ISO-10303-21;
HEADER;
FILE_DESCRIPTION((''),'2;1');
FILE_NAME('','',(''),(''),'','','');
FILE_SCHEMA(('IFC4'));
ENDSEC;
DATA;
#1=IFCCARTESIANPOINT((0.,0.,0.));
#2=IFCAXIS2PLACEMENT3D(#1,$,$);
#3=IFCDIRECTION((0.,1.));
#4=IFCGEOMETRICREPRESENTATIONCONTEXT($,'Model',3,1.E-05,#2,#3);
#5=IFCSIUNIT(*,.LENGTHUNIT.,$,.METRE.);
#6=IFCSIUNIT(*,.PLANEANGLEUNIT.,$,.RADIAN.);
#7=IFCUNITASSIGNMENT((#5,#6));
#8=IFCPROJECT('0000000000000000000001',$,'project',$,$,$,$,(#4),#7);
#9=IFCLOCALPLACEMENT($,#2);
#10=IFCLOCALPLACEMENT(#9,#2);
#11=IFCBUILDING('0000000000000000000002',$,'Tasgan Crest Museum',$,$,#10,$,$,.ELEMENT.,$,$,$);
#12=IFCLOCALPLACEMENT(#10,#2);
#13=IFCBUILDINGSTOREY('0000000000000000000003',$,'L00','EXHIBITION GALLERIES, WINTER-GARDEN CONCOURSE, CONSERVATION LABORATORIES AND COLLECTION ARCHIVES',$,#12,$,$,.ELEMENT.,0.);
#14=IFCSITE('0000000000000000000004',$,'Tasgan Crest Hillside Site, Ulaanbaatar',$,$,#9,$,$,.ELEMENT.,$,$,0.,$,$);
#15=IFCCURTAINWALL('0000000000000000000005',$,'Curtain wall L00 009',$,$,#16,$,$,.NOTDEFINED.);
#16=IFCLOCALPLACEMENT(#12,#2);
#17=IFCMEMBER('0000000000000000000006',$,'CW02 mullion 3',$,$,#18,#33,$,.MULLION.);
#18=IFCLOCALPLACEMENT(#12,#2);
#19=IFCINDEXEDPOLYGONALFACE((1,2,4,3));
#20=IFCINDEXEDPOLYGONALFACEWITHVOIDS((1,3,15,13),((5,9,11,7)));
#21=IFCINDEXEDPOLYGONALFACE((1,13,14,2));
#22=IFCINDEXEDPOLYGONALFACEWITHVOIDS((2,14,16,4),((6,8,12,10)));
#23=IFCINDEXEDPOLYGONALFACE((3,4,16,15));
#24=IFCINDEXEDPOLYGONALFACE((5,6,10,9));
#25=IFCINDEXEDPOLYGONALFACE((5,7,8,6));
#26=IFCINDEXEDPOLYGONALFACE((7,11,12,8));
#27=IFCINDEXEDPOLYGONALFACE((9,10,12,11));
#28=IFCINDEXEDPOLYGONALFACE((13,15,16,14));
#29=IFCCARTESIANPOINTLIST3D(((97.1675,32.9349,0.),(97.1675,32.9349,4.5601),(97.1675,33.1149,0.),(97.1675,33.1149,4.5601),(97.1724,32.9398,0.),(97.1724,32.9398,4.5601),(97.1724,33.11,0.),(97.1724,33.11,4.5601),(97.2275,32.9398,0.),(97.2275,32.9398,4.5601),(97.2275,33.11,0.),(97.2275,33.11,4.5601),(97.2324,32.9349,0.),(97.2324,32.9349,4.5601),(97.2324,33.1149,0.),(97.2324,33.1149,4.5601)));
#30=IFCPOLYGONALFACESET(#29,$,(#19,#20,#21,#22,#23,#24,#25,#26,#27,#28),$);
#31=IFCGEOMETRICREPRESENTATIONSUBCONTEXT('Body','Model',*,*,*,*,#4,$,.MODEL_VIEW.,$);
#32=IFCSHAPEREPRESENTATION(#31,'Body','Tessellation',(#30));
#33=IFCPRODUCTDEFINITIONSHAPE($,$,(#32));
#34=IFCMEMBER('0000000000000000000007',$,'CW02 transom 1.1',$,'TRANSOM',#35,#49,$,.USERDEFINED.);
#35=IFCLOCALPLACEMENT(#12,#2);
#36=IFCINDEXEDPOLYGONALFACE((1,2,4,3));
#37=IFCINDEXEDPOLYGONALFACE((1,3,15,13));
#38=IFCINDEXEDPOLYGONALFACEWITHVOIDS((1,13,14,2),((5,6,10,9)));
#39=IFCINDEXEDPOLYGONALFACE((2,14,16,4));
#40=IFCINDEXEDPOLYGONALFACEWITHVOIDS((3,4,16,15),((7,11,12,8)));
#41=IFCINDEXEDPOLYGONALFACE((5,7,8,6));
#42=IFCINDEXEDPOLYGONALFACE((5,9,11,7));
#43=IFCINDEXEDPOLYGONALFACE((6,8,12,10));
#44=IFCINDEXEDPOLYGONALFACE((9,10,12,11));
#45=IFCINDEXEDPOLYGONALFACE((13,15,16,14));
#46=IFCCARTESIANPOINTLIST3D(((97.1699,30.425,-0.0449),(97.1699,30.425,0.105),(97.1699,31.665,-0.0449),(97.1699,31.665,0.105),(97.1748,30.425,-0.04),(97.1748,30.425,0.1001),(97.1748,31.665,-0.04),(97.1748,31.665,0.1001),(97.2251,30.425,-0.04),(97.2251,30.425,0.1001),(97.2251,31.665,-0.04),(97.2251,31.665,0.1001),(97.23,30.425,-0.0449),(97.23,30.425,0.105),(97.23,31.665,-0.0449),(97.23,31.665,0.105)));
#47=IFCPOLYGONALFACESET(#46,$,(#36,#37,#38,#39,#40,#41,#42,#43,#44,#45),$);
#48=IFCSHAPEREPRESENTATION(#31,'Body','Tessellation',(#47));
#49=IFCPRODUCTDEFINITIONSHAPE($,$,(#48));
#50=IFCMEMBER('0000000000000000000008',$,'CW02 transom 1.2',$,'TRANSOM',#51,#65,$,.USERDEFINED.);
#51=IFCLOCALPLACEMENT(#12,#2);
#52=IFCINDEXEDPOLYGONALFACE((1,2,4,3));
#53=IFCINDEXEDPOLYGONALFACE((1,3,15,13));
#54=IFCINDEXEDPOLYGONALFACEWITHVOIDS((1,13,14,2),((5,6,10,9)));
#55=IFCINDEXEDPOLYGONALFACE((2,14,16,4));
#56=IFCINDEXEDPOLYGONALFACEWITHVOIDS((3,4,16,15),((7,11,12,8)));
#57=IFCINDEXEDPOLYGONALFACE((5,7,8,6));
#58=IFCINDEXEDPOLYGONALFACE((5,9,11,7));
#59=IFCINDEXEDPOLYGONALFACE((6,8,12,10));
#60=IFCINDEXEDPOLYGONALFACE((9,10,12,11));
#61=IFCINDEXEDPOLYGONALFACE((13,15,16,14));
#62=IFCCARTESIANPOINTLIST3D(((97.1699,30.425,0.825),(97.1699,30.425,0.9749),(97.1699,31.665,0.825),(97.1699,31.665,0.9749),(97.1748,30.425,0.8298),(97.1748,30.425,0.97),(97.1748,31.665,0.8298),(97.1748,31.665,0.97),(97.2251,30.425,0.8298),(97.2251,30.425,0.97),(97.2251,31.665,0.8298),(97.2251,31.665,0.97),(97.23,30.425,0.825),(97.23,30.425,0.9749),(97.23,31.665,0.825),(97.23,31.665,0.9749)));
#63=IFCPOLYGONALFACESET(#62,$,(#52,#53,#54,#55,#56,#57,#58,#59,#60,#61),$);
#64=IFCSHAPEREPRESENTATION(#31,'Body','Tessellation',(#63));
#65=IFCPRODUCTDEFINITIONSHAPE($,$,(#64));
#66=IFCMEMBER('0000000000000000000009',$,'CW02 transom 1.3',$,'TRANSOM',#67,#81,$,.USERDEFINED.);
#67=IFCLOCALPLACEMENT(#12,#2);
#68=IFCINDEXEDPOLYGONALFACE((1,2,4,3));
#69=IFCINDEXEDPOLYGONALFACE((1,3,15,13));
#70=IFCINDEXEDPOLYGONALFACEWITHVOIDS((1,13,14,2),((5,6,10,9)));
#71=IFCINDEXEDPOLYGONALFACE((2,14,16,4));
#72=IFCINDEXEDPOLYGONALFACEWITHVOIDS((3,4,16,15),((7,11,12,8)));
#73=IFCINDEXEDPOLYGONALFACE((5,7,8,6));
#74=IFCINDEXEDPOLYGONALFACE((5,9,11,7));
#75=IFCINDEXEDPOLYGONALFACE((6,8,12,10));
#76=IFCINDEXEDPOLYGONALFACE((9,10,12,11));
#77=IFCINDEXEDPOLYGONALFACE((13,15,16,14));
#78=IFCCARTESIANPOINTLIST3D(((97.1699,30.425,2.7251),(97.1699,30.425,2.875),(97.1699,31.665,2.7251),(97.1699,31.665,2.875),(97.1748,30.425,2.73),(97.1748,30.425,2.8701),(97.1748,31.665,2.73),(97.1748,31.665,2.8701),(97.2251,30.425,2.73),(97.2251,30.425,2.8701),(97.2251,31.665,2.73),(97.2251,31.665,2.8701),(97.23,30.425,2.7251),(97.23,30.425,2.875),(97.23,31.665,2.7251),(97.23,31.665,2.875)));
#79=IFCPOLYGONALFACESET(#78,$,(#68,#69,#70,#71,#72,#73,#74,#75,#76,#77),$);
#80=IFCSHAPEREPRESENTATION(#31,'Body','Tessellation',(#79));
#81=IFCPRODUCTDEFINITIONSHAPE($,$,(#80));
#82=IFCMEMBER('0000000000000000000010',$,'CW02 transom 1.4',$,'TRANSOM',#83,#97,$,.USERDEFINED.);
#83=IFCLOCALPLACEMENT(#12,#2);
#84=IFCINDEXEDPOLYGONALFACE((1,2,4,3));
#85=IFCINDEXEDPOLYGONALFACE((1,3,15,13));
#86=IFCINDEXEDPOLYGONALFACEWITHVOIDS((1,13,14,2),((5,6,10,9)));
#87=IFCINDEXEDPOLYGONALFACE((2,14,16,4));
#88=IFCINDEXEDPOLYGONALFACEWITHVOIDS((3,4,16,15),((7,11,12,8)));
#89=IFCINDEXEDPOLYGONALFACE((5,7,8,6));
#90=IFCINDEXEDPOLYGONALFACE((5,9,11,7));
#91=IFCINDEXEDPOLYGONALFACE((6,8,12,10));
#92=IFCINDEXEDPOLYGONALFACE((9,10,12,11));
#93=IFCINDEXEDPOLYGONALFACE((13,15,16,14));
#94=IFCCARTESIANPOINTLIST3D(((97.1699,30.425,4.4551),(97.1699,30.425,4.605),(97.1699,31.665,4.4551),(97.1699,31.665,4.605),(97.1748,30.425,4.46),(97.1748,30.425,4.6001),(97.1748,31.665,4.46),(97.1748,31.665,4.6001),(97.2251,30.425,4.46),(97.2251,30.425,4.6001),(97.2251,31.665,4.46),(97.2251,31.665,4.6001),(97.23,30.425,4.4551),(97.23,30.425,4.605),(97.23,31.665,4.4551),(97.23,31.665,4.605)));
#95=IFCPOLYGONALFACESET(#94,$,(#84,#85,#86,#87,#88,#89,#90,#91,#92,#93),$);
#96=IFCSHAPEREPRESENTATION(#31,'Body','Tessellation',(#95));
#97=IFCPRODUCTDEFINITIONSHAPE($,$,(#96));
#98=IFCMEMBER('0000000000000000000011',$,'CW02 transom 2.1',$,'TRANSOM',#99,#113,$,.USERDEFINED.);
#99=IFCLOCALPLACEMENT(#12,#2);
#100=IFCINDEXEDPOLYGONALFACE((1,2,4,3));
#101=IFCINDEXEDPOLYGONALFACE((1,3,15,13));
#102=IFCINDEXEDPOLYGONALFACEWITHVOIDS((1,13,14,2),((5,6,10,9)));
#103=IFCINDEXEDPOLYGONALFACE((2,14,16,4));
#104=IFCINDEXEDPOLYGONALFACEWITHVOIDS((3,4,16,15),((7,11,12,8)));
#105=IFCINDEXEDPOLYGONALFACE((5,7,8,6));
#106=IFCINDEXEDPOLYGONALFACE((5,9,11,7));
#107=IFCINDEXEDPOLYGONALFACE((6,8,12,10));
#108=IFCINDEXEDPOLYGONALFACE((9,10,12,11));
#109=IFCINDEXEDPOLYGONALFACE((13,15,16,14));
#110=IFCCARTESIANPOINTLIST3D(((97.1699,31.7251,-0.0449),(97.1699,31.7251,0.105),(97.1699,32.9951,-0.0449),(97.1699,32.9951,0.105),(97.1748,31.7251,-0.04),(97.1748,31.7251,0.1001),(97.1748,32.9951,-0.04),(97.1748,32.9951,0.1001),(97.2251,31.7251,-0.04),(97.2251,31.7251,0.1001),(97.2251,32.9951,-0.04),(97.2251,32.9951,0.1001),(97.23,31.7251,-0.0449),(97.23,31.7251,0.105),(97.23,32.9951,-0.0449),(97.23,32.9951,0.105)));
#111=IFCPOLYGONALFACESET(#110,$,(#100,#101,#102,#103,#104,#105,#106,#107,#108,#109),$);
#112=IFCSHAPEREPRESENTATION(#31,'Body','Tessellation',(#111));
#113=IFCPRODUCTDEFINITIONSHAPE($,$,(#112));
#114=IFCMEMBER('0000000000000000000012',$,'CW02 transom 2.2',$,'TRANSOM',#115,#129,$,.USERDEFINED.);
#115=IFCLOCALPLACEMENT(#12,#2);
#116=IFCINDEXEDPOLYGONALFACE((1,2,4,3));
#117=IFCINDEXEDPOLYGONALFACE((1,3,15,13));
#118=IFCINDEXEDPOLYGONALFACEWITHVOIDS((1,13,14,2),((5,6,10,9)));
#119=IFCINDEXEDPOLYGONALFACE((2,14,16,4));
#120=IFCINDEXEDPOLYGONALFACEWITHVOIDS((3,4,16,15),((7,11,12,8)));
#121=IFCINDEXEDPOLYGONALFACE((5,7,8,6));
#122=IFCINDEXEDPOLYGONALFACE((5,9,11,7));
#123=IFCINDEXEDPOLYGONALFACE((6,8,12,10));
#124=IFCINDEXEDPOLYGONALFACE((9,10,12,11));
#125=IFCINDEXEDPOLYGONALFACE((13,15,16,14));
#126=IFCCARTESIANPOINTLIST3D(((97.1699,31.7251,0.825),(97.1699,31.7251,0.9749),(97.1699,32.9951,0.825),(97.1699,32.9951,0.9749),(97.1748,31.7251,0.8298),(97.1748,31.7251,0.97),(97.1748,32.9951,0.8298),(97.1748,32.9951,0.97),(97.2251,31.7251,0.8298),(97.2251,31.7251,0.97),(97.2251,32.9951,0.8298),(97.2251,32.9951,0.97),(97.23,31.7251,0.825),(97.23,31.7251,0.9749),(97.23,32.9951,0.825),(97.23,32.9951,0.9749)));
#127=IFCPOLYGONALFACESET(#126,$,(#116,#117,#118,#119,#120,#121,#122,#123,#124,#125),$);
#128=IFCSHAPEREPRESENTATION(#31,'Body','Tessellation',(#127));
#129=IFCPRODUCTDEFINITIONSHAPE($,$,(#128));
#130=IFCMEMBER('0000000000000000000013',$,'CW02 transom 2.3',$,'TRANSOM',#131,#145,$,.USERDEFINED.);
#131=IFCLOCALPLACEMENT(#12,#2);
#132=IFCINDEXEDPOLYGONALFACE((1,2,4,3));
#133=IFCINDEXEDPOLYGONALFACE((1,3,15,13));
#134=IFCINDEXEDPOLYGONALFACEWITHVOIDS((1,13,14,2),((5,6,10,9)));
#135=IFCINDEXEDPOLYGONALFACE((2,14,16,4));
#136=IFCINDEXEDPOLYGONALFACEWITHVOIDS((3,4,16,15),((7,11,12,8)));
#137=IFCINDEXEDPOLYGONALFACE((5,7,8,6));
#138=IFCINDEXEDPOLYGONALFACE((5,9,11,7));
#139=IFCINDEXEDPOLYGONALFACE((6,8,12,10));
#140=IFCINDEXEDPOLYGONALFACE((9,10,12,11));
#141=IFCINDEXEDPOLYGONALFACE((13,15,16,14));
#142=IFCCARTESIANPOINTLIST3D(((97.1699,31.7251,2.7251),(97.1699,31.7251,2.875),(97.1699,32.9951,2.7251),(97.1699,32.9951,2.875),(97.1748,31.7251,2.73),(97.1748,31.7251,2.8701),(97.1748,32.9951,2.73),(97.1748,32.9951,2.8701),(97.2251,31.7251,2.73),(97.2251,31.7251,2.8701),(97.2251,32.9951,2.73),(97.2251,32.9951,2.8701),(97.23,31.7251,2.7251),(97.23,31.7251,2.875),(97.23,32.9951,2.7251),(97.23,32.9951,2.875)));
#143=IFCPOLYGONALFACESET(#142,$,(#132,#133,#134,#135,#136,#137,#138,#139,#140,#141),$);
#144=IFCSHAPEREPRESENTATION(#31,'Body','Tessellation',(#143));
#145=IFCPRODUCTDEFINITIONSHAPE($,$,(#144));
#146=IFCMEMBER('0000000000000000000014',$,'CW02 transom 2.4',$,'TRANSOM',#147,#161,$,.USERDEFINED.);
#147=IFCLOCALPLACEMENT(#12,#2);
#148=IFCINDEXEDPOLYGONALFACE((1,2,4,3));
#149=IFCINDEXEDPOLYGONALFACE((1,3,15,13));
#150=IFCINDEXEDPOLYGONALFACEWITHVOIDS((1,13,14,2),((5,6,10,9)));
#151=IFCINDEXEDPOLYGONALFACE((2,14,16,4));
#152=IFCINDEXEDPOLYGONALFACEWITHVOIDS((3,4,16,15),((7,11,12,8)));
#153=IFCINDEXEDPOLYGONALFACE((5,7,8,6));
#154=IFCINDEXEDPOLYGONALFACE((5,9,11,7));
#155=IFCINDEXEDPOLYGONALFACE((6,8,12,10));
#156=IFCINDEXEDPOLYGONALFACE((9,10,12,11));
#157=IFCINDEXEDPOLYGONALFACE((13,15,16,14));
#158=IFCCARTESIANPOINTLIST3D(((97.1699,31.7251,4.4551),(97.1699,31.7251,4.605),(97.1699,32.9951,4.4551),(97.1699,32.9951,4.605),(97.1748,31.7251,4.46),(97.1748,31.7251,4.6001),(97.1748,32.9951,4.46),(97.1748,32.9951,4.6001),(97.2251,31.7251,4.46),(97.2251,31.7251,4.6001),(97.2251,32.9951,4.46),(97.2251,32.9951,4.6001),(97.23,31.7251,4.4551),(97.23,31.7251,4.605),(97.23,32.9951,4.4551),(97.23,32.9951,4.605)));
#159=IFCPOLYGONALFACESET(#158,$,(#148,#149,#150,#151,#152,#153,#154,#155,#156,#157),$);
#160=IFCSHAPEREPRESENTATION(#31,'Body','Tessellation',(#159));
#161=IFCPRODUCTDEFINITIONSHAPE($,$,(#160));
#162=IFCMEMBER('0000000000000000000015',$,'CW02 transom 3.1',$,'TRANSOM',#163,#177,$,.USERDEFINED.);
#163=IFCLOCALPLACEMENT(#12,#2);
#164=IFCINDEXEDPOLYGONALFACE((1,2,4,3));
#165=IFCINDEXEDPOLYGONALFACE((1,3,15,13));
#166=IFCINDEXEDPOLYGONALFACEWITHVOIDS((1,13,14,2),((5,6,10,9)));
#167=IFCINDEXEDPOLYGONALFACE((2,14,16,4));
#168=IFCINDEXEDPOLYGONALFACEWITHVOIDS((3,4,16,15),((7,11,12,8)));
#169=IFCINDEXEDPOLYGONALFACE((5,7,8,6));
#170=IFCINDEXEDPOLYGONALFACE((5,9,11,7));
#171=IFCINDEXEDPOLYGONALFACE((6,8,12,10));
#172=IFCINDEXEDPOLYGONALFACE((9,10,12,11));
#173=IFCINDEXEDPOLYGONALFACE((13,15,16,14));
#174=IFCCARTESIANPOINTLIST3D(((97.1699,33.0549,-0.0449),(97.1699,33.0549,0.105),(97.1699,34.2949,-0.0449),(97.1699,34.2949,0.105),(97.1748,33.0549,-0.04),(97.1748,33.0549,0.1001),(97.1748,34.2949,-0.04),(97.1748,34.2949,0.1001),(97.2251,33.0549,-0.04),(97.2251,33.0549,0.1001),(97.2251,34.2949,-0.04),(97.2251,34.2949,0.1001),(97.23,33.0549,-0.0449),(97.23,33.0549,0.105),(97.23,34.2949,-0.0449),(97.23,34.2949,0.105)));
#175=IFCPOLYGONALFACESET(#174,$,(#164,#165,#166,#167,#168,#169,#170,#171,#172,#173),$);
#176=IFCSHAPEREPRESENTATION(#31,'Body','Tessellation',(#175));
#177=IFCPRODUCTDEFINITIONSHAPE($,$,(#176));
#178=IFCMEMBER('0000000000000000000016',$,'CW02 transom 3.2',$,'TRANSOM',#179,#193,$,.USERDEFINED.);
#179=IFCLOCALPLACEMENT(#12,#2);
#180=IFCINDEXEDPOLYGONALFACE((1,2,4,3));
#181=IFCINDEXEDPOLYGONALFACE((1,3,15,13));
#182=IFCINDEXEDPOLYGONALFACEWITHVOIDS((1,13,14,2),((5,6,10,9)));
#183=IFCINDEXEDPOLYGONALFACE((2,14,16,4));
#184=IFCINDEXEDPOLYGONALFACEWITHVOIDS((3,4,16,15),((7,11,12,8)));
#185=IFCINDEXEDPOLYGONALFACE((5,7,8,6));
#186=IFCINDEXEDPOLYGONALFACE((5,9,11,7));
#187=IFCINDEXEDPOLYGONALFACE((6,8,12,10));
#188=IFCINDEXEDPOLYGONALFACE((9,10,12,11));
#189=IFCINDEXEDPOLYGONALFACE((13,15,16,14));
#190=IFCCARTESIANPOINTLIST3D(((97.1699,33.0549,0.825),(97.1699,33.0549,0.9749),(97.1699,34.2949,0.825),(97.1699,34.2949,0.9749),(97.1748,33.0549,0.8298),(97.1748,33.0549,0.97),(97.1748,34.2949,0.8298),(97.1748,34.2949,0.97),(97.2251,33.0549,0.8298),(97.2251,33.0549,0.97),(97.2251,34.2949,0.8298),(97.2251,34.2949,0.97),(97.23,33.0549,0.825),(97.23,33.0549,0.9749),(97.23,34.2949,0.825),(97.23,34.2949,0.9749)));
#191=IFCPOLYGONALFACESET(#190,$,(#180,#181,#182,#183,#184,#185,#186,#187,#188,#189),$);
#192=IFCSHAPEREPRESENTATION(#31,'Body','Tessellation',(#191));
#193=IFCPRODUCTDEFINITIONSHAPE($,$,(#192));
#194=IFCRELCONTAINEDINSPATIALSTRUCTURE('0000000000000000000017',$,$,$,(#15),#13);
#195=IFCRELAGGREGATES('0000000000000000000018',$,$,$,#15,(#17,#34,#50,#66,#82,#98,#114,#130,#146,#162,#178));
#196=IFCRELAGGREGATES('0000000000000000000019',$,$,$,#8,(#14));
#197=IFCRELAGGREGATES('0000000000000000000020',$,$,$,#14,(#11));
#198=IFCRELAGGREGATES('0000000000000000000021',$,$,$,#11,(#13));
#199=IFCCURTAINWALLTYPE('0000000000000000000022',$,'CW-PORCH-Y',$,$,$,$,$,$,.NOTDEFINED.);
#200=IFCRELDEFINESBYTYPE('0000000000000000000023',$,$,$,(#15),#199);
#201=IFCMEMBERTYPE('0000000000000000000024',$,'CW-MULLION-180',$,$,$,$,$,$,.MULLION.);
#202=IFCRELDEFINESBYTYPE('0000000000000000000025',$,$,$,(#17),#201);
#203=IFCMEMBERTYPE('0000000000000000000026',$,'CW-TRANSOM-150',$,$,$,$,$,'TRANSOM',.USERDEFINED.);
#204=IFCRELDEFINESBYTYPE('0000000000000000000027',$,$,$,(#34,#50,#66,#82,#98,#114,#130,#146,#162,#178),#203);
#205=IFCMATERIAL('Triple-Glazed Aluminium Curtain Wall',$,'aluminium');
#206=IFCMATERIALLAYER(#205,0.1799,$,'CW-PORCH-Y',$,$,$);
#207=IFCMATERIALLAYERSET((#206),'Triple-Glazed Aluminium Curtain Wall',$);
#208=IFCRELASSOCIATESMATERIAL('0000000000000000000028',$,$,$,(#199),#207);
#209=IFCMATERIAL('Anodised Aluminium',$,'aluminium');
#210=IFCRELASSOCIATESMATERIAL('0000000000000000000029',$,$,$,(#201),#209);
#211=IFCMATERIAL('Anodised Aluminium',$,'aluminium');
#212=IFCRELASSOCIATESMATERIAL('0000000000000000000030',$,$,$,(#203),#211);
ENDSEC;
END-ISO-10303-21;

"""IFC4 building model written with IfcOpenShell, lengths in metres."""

from ifc_helpers import new_model, si_unit, direction, frame, origin, origin_2d, place, context, subcontext, project, spatial, hollow_rectangle, extrude, material, layer, layer_set, material_profile, profile_set, type_object, element, aggregate, save


model = new_model("IFC4")

# Units and contexts
model_context = context("Model", 3, precision=1e-05, world=origin(), true_north=direction((0.0, 1.0)))
body_context = subcontext(model_context, "Body", "Model", "MODEL_VIEW")
ifc_project = project(units=[si_unit("LENGTHUNIT", "METRE"), si_unit("PLANEANGLEUNIT", "RADIAN")], contexts=[model_context])

# Site, building, storey
site_placement = place(None, origin())
site = spatial("IfcSite", under=ifc_project, at=site_placement, Name="Tasgan Crest Hillside Site, Ulaanbaatar", CompositionType="ELEMENT", RefElevation=0.0)
building_placement = place(site_placement, origin())
building = spatial("IfcBuilding", under=site, at=building_placement, Name="Tasgan Crest Museum", CompositionType="ELEMENT")
storey_placement = place(building_placement, origin())
storey = spatial("IfcBuildingStorey", under=building, at=storey_placement, Name="L00", Description="EXHIBITION GALLERIES, WINTER-GARDEN CONCOURSE, CONSERVATION LABORATORIES AND COLLECTION ARCHIVES", CompositionType="ELEMENT", Elevation=0.0)

# Curtain wall, members
ifc_material_1 = material(Name="Triple-Glazed Aluminium Curtain Wall", Category="aluminium")
ifc_layer_1 = layer(ifc_material_1, 0.1799, Name="CW-PORCH-Y")
ifc_layer_set_1 = layer_set([ifc_layer_1], Name="Triple-Glazed Aluminium Curtain Wall")
curtain_wall_type = type_object("IfcCurtainWallType", Name="CW-PORCH-Y", PredefinedType="NOTDEFINED", material=ifc_layer_set_1)
curtain_wall_placement = place(storey_placement, origin())
curtain_wall = element("IfcCurtainWall", 1, at=curtain_wall_placement, inside=storey, type_object=curtain_wall_type, Name="Curtain wall L00 009", PredefinedType="NOTDEFINED")
ifc_material_2 = material(Name="Anodised Aluminium", Category="aluminium")
ifc_material_profile_1 = material_profile(ifc_material_2, hollow_rectangle(XDim=0.0649, YDim=0.1799, WallThickness=0.0049, at=origin_2d()), Name="ALU MULLION 180x65x5")
ifc_profile_set_1 = profile_set([ifc_material_profile_1], Name="Anodised Aluminium")
member_type_1 = type_object("IfcMemberType", Name="CW-MULLION-180", PredefinedType="MULLION", material=ifc_profile_set_1)
member_1_placement = place(storey_placement, frame((97.2, 33.0249, 0.0), z_axis=(0.0, 0.0, 1.0), x_axis=(-1.0, 0.0, 0.0)))
member_1 = element("IfcMember", 2, at=member_1_placement, type_object=member_type_1, Name="CW02 mullion 3", PredefinedType="MULLION", context=body_context, shape_type="SweptSolid", body=[
    extrude(hollow_rectangle(XDim=0.0649, YDim=0.1799, WallThickness=0.0049, at=origin_2d()), origin(), (0.0, 0.0, 1.0), 4.5601),
])
ifc_material_3 = material(Name="Anodised Aluminium", Category="aluminium")
ifc_material_profile_2 = material_profile(ifc_material_3, hollow_rectangle(XDim=0.0601, YDim=0.1499, WallThickness=0.0049, at=origin_2d()), Name="ALU TRANSOM 150x60x5")
ifc_profile_set_2 = profile_set([ifc_material_profile_2], Name="Anodised Aluminium")
member_type_2 = type_object("IfcMemberType", Name="CW-TRANSOM-150", ElementType="TRANSOM", PredefinedType="USERDEFINED", material=ifc_profile_set_2)
member_2_placement = place(storey_placement, frame((97.2, 30.425, 0.03), z_axis=(0.0, 1.0, 0.0), x_axis=(-1.0, 0.0, 0.0)))
member_2 = element("IfcMember", 3, at=member_2_placement, type_object=member_type_2, Name="CW02 transom 1.1", ObjectType="TRANSOM", PredefinedType="USERDEFINED", context=body_context, shape_type="SweptSolid", body=[
    extrude(hollow_rectangle(XDim=0.0601, YDim=0.1499, WallThickness=0.0049, at=origin_2d()), origin(), (0.0, 0.0, 1.0), 1.24),
])
member_3_placement = place(storey_placement, frame((97.2, 30.425, 0.8999), z_axis=(0.0, 1.0, 0.0), x_axis=(-1.0, 0.0, 0.0)))
member_3 = element("IfcMember", 4, at=member_3_placement, type_object=member_type_2, Name="CW02 transom 1.2", ObjectType="TRANSOM", PredefinedType="USERDEFINED", context=body_context, shape_type="SweptSolid", body=[
    extrude(hollow_rectangle(XDim=0.0601, YDim=0.1499, WallThickness=0.0049, at=origin_2d()), origin(), (0.0, 0.0, 1.0), 1.24),
])
member_4_placement = place(storey_placement, frame((97.2, 30.425, 2.8), z_axis=(0.0, 1.0, 0.0), x_axis=(-1.0, 0.0, 0.0)))
member_4 = element("IfcMember", 5, at=member_4_placement, type_object=member_type_2, Name="CW02 transom 1.3", ObjectType="TRANSOM", PredefinedType="USERDEFINED", context=body_context, shape_type="SweptSolid", body=[
    extrude(hollow_rectangle(XDim=0.0601, YDim=0.1499, WallThickness=0.0049, at=origin_2d()), origin(), (0.0, 0.0, 1.0), 1.24),
])
member_5_placement = place(storey_placement, frame((97.2, 30.425, 4.53), z_axis=(0.0, 1.0, 0.0), x_axis=(-1.0, 0.0, 0.0)))
member_5 = element("IfcMember", 6, at=member_5_placement, type_object=member_type_2, Name="CW02 transom 1.4", ObjectType="TRANSOM", PredefinedType="USERDEFINED", context=body_context, shape_type="SweptSolid", body=[
    extrude(hollow_rectangle(XDim=0.0601, YDim=0.1499, WallThickness=0.0049, at=origin_2d()), origin(), (0.0, 0.0, 1.0), 1.24),
])
member_6_placement = place(storey_placement, frame((97.2, 31.7251, 0.03), z_axis=(0.0, 1.0, 0.0), x_axis=(-1.0, 0.0, 0.0)))
member_6 = element("IfcMember", 7, at=member_6_placement, type_object=member_type_2, Name="CW02 transom 2.1", ObjectType="TRANSOM", PredefinedType="USERDEFINED", context=body_context, shape_type="SweptSolid", body=[
    extrude(hollow_rectangle(XDim=0.0601, YDim=0.1499, WallThickness=0.0049, at=origin_2d()), origin(), (0.0, 0.0, 1.0), 1.27),
])
member_7_placement = place(storey_placement, frame((97.2, 31.7251, 0.8999), z_axis=(0.0, 1.0, 0.0), x_axis=(-1.0, 0.0, 0.0)))
member_7 = element("IfcMember", 8, at=member_7_placement, type_object=member_type_2, Name="CW02 transom 2.2", ObjectType="TRANSOM", PredefinedType="USERDEFINED", context=body_context, shape_type="SweptSolid", body=[
    extrude(hollow_rectangle(XDim=0.0601, YDim=0.1499, WallThickness=0.0049, at=origin_2d()), origin(), (0.0, 0.0, 1.0), 1.27),
])
member_8_placement = place(storey_placement, frame((97.2, 31.7251, 2.8), z_axis=(0.0, 1.0, 0.0), x_axis=(-1.0, 0.0, 0.0)))
member_8 = element("IfcMember", 9, at=member_8_placement, type_object=member_type_2, Name="CW02 transom 2.3", ObjectType="TRANSOM", PredefinedType="USERDEFINED", context=body_context, shape_type="SweptSolid", body=[
    extrude(hollow_rectangle(XDim=0.0601, YDim=0.1499, WallThickness=0.0049, at=origin_2d()), origin(), (0.0, 0.0, 1.0), 1.27),
])
member_9_placement = place(storey_placement, frame((97.2, 31.7251, 4.53), z_axis=(0.0, 1.0, 0.0), x_axis=(-1.0, 0.0, 0.0)))
member_9 = element("IfcMember", 10, at=member_9_placement, type_object=member_type_2, Name="CW02 transom 2.4", ObjectType="TRANSOM", PredefinedType="USERDEFINED", context=body_context, shape_type="SweptSolid", body=[
    extrude(hollow_rectangle(XDim=0.0601, YDim=0.1499, WallThickness=0.0049, at=origin_2d()), origin(), (0.0, 0.0, 1.0), 1.27),
])
member_10_placement = place(storey_placement, frame((97.2, 33.0549, 0.03), z_axis=(0.0, 1.0, 0.0), x_axis=(-1.0, 0.0, 0.0)))
member_10 = element("IfcMember", 11, at=member_10_placement, type_object=member_type_2, Name="CW02 transom 3.1", ObjectType="TRANSOM", PredefinedType="USERDEFINED", context=body_context, shape_type="SweptSolid", body=[
    extrude(hollow_rectangle(XDim=0.0601, YDim=0.1499, WallThickness=0.0049, at=origin_2d()), origin(), (0.0, 0.0, 1.0), 1.24),
])
member_11_placement = place(storey_placement, frame((97.2, 33.0549, 0.8999), z_axis=(0.0, 1.0, 0.0), x_axis=(-1.0, 0.0, 0.0)))
member_11 = element("IfcMember", 12, at=member_11_placement, type_object=member_type_2, Name="CW02 transom 3.2", ObjectType="TRANSOM", PredefinedType="USERDEFINED", context=body_context, shape_type="SweptSolid", body=[
    extrude(hollow_rectangle(XDim=0.0601, YDim=0.1499, WallThickness=0.0049, at=origin_2d()), origin(), (0.0, 0.0, 1.0), 1.24),
])
aggregate(curtain_wall, [member_1, member_2, member_3, member_4, member_5, member_6, member_7, member_8, member_9, member_10, member_11])

save(model, "model.ifc")
